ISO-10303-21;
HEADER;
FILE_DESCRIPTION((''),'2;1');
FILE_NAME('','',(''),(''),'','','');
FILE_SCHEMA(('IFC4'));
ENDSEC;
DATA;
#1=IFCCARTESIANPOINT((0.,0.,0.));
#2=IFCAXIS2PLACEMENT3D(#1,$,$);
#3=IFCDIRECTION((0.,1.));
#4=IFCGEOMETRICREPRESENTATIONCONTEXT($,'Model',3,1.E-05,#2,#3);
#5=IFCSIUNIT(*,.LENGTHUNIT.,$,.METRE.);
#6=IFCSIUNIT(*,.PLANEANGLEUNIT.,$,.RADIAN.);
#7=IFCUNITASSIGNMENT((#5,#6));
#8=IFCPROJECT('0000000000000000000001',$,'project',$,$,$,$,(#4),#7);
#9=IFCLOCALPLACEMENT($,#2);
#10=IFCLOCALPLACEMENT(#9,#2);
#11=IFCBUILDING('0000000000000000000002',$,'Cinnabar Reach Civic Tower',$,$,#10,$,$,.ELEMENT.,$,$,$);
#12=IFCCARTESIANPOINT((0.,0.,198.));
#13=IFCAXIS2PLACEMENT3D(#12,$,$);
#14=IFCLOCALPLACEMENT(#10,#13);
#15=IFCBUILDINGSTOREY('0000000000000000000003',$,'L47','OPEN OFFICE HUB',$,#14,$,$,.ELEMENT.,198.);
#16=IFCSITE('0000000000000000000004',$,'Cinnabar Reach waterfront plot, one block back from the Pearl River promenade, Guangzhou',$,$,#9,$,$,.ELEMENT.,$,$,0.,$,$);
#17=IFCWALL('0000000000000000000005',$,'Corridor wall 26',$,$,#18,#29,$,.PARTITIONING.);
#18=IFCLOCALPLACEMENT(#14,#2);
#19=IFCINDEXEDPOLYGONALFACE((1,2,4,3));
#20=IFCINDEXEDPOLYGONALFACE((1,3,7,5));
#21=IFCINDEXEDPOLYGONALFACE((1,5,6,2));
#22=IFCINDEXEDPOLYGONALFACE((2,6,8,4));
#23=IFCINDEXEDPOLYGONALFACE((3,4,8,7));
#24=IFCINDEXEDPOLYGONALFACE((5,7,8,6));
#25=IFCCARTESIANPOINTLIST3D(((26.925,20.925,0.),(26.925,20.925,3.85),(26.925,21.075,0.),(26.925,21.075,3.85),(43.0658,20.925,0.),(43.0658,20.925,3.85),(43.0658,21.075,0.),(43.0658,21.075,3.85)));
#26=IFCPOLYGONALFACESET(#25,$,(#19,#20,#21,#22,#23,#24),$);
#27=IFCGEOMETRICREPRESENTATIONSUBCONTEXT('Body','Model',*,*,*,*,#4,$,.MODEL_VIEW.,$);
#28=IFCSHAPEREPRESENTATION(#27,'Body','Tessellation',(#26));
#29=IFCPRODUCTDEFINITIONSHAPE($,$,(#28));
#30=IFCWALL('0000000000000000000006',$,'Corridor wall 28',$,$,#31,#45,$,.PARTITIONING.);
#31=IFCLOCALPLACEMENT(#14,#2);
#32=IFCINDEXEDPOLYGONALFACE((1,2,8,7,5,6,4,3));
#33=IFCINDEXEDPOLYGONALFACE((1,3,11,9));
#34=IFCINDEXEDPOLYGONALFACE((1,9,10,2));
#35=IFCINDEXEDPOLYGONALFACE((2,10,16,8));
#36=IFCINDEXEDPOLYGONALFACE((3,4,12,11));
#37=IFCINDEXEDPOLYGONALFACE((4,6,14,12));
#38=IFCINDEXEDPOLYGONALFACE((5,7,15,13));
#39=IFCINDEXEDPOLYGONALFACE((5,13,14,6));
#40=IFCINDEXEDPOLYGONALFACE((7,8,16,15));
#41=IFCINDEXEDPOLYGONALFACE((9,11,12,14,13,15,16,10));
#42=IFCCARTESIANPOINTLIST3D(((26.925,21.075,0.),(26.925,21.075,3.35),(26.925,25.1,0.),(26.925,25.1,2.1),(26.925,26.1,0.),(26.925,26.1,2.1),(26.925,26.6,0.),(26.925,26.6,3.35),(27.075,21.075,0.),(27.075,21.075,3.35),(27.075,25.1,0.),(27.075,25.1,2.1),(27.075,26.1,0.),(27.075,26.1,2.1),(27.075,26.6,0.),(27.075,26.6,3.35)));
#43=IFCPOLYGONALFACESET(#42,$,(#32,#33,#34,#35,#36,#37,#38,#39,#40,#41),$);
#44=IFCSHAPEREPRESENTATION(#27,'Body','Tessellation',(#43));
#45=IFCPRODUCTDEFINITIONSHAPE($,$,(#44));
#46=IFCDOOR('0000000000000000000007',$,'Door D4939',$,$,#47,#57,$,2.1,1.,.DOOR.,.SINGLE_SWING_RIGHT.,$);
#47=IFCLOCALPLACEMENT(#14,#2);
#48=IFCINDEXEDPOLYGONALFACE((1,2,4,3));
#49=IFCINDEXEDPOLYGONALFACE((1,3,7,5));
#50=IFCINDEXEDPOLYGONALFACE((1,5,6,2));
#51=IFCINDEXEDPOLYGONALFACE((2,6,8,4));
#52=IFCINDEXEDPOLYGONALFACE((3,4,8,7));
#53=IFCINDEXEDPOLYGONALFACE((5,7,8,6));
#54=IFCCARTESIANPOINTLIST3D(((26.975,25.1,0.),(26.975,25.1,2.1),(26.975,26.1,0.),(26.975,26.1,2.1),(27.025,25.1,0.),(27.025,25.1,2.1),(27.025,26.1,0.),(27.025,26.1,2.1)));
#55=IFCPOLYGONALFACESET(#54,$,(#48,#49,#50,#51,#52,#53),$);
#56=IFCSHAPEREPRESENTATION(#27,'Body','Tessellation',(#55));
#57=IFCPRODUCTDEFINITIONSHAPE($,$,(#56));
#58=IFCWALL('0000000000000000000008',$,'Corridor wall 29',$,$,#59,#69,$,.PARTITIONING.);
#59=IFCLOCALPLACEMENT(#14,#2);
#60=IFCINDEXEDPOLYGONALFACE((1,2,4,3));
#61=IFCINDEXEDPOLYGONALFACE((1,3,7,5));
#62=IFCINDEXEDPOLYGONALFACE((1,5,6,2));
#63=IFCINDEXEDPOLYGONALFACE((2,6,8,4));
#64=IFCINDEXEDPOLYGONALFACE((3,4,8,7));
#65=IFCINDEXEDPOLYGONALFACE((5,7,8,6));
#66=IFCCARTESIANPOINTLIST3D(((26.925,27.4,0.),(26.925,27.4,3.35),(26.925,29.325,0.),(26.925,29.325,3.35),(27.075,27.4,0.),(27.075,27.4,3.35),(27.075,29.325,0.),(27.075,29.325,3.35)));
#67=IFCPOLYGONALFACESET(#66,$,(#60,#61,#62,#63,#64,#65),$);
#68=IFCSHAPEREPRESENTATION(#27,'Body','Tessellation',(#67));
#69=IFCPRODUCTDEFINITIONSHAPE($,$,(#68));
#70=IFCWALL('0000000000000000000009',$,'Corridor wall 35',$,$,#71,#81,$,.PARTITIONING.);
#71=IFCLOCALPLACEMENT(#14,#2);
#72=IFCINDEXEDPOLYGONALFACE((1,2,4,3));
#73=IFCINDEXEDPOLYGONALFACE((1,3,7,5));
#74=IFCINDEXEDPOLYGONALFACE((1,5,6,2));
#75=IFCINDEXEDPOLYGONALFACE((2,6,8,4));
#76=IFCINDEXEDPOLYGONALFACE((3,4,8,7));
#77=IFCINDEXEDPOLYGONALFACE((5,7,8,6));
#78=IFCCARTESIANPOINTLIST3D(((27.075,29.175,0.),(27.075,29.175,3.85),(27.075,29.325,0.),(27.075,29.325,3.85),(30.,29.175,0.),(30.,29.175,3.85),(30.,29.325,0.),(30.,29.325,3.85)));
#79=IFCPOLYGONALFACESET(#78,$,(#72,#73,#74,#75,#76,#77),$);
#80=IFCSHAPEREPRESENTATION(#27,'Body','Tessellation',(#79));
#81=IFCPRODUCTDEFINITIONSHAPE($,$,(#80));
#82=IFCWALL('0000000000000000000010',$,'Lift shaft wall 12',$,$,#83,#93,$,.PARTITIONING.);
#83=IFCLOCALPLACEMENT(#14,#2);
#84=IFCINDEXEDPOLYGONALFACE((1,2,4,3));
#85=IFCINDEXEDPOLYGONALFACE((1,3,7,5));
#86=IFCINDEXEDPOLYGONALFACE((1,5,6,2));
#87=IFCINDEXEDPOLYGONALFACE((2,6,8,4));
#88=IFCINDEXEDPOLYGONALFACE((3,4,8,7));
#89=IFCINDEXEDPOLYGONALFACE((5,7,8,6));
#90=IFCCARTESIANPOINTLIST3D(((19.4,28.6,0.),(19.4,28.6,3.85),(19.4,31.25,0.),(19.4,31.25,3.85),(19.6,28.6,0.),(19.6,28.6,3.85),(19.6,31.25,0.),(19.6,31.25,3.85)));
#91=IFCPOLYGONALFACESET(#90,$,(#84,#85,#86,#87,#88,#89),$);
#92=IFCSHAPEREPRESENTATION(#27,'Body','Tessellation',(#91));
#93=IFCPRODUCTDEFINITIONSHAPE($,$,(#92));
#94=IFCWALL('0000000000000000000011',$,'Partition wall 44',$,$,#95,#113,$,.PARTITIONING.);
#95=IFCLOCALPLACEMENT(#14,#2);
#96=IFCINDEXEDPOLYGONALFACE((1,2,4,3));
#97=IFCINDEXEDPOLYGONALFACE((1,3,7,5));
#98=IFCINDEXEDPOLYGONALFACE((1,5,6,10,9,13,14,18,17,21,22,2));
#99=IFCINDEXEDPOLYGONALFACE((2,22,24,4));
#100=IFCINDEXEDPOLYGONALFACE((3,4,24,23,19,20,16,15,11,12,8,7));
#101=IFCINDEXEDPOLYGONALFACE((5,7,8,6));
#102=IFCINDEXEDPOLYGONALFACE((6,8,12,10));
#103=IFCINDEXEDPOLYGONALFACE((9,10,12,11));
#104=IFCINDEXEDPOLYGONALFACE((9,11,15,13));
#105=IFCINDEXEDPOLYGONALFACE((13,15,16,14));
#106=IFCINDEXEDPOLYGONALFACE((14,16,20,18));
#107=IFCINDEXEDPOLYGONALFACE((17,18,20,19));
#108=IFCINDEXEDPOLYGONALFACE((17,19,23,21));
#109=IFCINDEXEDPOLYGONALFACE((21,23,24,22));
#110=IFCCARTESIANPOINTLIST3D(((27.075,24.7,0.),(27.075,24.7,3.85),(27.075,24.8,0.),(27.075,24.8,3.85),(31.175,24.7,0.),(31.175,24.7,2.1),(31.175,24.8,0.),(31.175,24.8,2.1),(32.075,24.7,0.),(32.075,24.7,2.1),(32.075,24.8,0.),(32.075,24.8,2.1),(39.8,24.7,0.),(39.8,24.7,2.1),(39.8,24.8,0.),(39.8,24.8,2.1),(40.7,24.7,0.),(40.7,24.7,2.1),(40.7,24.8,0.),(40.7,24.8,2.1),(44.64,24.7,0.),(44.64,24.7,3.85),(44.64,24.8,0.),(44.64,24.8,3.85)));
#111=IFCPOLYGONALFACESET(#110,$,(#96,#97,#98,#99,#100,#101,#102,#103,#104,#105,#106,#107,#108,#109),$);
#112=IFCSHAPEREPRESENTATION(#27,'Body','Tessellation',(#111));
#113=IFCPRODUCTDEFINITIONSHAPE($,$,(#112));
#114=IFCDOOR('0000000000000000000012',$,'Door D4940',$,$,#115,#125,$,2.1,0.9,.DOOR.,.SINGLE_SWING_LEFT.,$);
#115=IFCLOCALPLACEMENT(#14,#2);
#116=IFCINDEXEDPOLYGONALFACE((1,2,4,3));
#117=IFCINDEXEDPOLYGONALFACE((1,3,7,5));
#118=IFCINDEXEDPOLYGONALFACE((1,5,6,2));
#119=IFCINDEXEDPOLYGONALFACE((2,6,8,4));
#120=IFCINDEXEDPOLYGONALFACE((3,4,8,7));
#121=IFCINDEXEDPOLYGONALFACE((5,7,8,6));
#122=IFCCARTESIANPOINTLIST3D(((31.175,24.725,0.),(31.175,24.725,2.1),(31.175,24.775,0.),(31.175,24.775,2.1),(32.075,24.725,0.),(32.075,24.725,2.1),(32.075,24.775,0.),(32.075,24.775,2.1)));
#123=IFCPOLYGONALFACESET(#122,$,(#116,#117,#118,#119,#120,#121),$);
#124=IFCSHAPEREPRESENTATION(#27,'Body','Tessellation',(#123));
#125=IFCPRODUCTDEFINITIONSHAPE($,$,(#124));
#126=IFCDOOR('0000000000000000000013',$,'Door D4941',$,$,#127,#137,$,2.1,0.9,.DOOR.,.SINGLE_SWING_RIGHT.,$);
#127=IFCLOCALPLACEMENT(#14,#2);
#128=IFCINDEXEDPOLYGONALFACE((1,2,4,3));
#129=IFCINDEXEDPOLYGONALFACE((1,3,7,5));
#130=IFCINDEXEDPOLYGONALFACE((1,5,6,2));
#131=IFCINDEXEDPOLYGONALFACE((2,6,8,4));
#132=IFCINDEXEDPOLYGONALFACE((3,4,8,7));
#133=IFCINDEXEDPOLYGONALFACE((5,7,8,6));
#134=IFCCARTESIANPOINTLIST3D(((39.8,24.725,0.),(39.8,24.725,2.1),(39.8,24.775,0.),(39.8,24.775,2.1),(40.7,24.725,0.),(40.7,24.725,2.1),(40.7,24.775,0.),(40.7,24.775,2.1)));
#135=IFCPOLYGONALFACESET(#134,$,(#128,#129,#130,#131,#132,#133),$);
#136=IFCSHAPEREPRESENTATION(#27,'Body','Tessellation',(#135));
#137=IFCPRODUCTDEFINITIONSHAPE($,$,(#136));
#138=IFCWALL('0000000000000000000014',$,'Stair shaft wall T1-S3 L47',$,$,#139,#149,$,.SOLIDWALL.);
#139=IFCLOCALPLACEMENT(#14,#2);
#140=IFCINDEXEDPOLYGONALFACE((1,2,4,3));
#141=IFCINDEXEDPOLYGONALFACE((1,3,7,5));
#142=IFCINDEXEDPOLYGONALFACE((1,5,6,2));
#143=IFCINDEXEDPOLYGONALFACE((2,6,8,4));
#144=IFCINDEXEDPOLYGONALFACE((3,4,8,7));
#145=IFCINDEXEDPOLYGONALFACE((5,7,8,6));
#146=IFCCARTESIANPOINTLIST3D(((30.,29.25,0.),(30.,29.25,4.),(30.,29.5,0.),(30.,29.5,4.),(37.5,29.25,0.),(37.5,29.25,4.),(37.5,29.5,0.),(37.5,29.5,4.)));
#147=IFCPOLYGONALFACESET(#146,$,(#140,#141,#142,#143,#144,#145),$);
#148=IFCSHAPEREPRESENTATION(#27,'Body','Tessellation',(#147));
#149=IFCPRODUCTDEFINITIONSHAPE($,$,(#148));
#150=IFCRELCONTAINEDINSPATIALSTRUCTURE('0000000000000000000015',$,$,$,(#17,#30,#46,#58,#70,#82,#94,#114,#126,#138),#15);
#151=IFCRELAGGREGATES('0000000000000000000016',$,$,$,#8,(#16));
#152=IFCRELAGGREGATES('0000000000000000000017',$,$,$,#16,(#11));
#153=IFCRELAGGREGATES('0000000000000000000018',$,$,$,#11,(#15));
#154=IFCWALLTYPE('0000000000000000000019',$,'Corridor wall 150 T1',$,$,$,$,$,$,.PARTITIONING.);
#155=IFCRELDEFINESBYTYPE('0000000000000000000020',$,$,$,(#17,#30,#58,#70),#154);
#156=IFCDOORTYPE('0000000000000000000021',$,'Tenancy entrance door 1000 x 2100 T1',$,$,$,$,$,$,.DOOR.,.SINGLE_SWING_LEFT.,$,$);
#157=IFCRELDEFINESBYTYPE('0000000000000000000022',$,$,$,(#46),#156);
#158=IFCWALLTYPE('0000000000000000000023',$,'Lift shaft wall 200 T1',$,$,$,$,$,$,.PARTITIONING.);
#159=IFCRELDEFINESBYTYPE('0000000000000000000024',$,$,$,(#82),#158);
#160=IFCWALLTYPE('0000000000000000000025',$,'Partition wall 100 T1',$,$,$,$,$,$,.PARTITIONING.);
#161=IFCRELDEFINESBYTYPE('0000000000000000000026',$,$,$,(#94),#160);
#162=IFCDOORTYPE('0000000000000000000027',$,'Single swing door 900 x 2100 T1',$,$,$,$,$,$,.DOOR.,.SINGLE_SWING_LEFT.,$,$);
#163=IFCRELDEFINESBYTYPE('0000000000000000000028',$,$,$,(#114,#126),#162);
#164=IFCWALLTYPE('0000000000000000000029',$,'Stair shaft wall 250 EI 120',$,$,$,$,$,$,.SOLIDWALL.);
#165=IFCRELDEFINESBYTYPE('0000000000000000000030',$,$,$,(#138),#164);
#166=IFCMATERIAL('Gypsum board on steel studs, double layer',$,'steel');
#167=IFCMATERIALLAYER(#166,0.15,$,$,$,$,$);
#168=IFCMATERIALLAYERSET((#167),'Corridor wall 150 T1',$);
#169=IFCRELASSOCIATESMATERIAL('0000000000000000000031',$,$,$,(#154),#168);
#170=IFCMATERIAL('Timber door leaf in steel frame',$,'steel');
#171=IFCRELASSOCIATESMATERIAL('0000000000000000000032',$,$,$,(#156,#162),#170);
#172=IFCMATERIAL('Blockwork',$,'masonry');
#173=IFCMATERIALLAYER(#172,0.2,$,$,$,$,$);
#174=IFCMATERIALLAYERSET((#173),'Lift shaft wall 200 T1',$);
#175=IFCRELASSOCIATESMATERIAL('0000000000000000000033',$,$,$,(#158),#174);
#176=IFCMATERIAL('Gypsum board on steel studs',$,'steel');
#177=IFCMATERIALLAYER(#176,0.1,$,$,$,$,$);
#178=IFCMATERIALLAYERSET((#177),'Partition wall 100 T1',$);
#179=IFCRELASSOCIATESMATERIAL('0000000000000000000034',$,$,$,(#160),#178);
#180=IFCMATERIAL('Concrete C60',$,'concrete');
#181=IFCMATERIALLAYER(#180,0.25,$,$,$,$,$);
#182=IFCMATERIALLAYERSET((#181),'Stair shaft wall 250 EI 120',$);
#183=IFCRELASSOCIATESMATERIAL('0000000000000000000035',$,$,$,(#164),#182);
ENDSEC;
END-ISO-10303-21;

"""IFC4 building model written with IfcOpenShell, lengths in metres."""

from ifc_helpers import new_model, si_unit, direction, frame, frame_2d, origin, place, context, subcontext, project, spatial, rectangle, extrude, material, layer, layer_set, type_object, element, fill, save


model = new_model("IFC4")

# Units and contexts
model_context = context("Model", 3, precision=1e-05, world=origin(), true_north=direction((0.0, 1.0)))
body_context = subcontext(model_context, "Body", "Model", "MODEL_VIEW")
ifc_project = project(units=[si_unit("LENGTHUNIT", "METRE"), si_unit("PLANEANGLEUNIT", "RADIAN")], contexts=[model_context])

# Site, building, storey
site_placement = place(None, origin())
site = spatial("IfcSite", under=ifc_project, at=site_placement, Name="Cinnabar Reach waterfront plot, one block back from the Pearl River promenade, Guangzhou", CompositionType="ELEMENT", RefElevation=0.0)
building_placement = place(site_placement, origin())
building = spatial("IfcBuilding", under=site, at=building_placement, Name="Cinnabar Reach Civic Tower", CompositionType="ELEMENT")
storey_placement = place(building_placement, frame((0.0, 0.0, 198.0)))
storey = spatial("IfcBuildingStorey", under=building, at=storey_placement, Name="L47", Description="OPEN OFFICE HUB", CompositionType="ELEMENT", Elevation=198.0)

# Shared definitions
ifc_material_1 = material(Name="Concrete C60", Category="concrete")

# Shared definitions
ifc_material_2 = material(Name="Timber door leaf in steel frame", Category="steel")

# Wall
ifc_material_3 = material(Name="Gypsum board on steel studs, double layer", Category="steel")
ifc_layer_1 = layer(ifc_material_3, 0.15)
ifc_layer_set_1 = layer_set([ifc_layer_1], Name="Corridor wall 150 T1")
wall_type_1 = type_object("IfcWallType", Name="Corridor wall 150 T1", PredefinedType="PARTITIONING", material=ifc_layer_set_1)
wall_1_placement = place(storey_placement, frame((26.925, 21.0, 0.0), z_axis=(0.0, 0.0, 1.0), x_axis=(1.0, 0.0, 0.0)))
element("IfcWall", 1, at=wall_1_placement, inside=storey, type_object=wall_type_1, Name="Corridor wall 26", PredefinedType="PARTITIONING", context=body_context, shape_type="SweptSolid", body=[
    extrude(rectangle(XDim=16.1409, YDim=0.15, at=frame_2d((8.0704, 0.0))), origin(), (0.0, 0.0, 1.0), 3.85),
])

# Wall, opening, door
wall_2_placement = place(storey_placement, frame((27.0, 21.075, 0.0), z_axis=(0.0, 0.0, 1.0), x_axis=(0.0, 1.0, 0.0)))
wall_2 = element("IfcWall", 2, at=wall_2_placement, inside=storey, type_object=wall_type_1, Name="Corridor wall 28", PredefinedType="PARTITIONING", context=body_context, shape_type="SweptSolid", body=[
    extrude(rectangle(XDim=5.525, YDim=0.15, at=frame_2d((2.7625, 0.0))), origin(), (0.0, 0.0, 1.0), 3.35),
])
opening_1_placement = place(wall_2_placement, frame((4.025, 0.0, 0.0)))
opening_1 = element("IfcOpeningElement", 3, at=opening_1_placement, cuts=wall_2, PredefinedType="OPENING", context=body_context, shape_type="SweptSolid", body=[
    extrude(rectangle(XDim=1.0, YDim=2.1, at=frame_2d((0.5, 1.05))), frame((0.0, 0.085, 0.0), z_axis=(0.0, -1.0, 0.0), x_axis=(1.0, 0.0, 0.0)), (0.0, 0.0, 1.0), 0.17),
])
door_type_1 = type_object("IfcDoorType", Name="Tenancy entrance door 1000 x 2100 T1", OperationType="SINGLE_SWING_LEFT", PredefinedType="DOOR", material=ifc_material_2)
door_1_placement = place(opening_1_placement, frame((1.0, 0.0, 0.0), z_axis=(0.0, 0.0, 1.0), x_axis=(-1.0, 0.0, 0.0)))
door_1 = element("IfcDoor", 4, at=door_1_placement, inside=storey, type_object=door_type_1, Name="Door D4939", OperationType="SINGLE_SWING_RIGHT", OverallHeight=2.1, OverallWidth=1.0, PredefinedType="DOOR", context=body_context, shape_type="SweptSolid", body=[
    extrude(rectangle(XDim=1.0, YDim=2.1, at=frame_2d((0.5, 1.05))), frame((0.0, 0.025, 0.0), z_axis=(0.0, -1.0, 0.0), x_axis=(1.0, 0.0, 0.0)), (0.0, 0.0, 1.0), 0.05),
])
fill(opening_1, door_1)

# Walls
wall_3_placement = place(storey_placement, frame((27.0, 27.4, 0.0), z_axis=(0.0, 0.0, 1.0), x_axis=(0.0, 1.0, 0.0)))
element("IfcWall", 5, at=wall_3_placement, inside=storey, type_object=wall_type_1, Name="Corridor wall 29", PredefinedType="PARTITIONING", context=body_context, shape_type="SweptSolid", body=[
    extrude(rectangle(XDim=1.925, YDim=0.15, at=frame_2d((0.9625, 0.0))), origin(), (0.0, 0.0, 1.0), 3.35),
])
wall_4_placement = place(storey_placement, frame((27.075, 29.25, 0.0), z_axis=(0.0, 0.0, 1.0), x_axis=(1.0, 0.0, 0.0)))
element("IfcWall", 6, at=wall_4_placement, inside=storey, type_object=wall_type_1, Name="Corridor wall 35", PredefinedType="PARTITIONING", context=body_context, shape_type="SweptSolid", body=[
    extrude(rectangle(XDim=2.925, YDim=0.15, at=frame_2d((1.4625, 0.0))), origin(), (0.0, 0.0, 1.0), 3.85),
])
ifc_material_4 = material(Name="Blockwork", Category="masonry")
ifc_layer_2 = layer(ifc_material_4, 0.2)
ifc_layer_set_2 = layer_set([ifc_layer_2], Name="Lift shaft wall 200 T1")
wall_type_2 = type_object("IfcWallType", Name="Lift shaft wall 200 T1", PredefinedType="PARTITIONING", material=ifc_layer_set_2)
wall_5_placement = place(storey_placement, frame((19.5, 28.6, 0.0), z_axis=(0.0, 0.0, 1.0), x_axis=(0.0, 1.0, 0.0)))
element("IfcWall", 7, at=wall_5_placement, inside=storey, type_object=wall_type_2, Name="Lift shaft wall 12", PredefinedType="PARTITIONING", context=body_context, shape_type="SweptSolid", body=[
    extrude(rectangle(XDim=2.65, YDim=0.2, at=frame_2d((1.325, 0.0))), origin(), (0.0, 0.0, 1.0), 3.85),
])

# Wall, openings, doors
ifc_material_5 = material(Name="Gypsum board on steel studs", Category="steel")
ifc_layer_3 = layer(ifc_material_5, 0.1)
ifc_layer_set_3 = layer_set([ifc_layer_3], Name="Partition wall 100 T1")
wall_type_3 = type_object("IfcWallType", Name="Partition wall 100 T1", PredefinedType="PARTITIONING", material=ifc_layer_set_3)
wall_6_placement = place(storey_placement, frame((27.075, 24.75, 0.0), z_axis=(0.0, 0.0, 1.0), x_axis=(1.0, 0.0, 0.0)))
wall_6 = element("IfcWall", 8, at=wall_6_placement, inside=storey, type_object=wall_type_3, Name="Partition wall 44", PredefinedType="PARTITIONING", context=body_context, shape_type="SweptSolid", body=[
    extrude(rectangle(XDim=17.565, YDim=0.1, at=frame_2d((8.7825, 0.0))), origin(), (0.0, 0.0, 1.0), 3.85),
])
opening_2_placement = place(wall_6_placement, frame((4.1, 0.0, 0.0)))
opening_2 = element("IfcOpeningElement", 9, at=opening_2_placement, cuts=wall_6, PredefinedType="OPENING", context=body_context, shape_type="SweptSolid", body=[
    extrude(rectangle(XDim=0.9, YDim=2.1, at=frame_2d((0.45, 1.05))), frame((0.0, 0.06, 0.0), z_axis=(0.0, -1.0, 0.0), x_axis=(1.0, 0.0, 0.0)), (0.0, 0.0, 1.0), 0.12),
])
opening_3_placement = place(wall_6_placement, frame((12.725, 0.0, 0.0)))
opening_3 = element("IfcOpeningElement", 10, at=opening_3_placement, cuts=wall_6, PredefinedType="OPENING", context=body_context, shape_type="SweptSolid", body=[
    extrude(rectangle(XDim=0.9, YDim=2.1, at=frame_2d((0.45, 1.05))), frame((0.0, 0.06, 0.0), z_axis=(0.0, -1.0, 0.0), x_axis=(1.0, 0.0, 0.0)), (0.0, 0.0, 1.0), 0.12),
])
door_type_2 = type_object("IfcDoorType", Name="Single swing door 900 x 2100 T1", OperationType="SINGLE_SWING_LEFT", PredefinedType="DOOR", material=ifc_material_2)
door_2_placement = place(opening_2_placement, frame((0.9, 0.0, 0.0), z_axis=(0.0, 0.0, 1.0), x_axis=(-1.0, 0.0, 0.0)))
door_2 = element("IfcDoor", 11, at=door_2_placement, inside=storey, type_object=door_type_2, Name="Door D4940", OperationType="SINGLE_SWING_LEFT", OverallHeight=2.1, OverallWidth=0.9, PredefinedType="DOOR", context=body_context, shape_type="SweptSolid", body=[
    extrude(rectangle(XDim=0.9, YDim=2.1, at=frame_2d((0.45, 1.05))), frame((0.0, 0.025, 0.0), z_axis=(0.0, -1.0, 0.0), x_axis=(1.0, 0.0, 0.0)), (0.0, 0.0, 1.0), 0.05),
])
fill(opening_2, door_2)
door_3_placement = place(opening_3_placement, frame((0.9, 0.0, 0.0), z_axis=(0.0, 0.0, 1.0), x_axis=(-1.0, 0.0, 0.0)))
door_3 = element("IfcDoor", 12, at=door_3_placement, inside=storey, type_object=door_type_2, Name="Door D4941", OperationType="SINGLE_SWING_RIGHT", OverallHeight=2.1, OverallWidth=0.9, PredefinedType="DOOR", context=body_context, shape_type="SweptSolid", body=[
    extrude(rectangle(XDim=0.9, YDim=2.1, at=frame_2d((0.45, 1.05))), frame((0.0, 0.025, 0.0), z_axis=(0.0, -1.0, 0.0), x_axis=(1.0, 0.0, 0.0)), (0.0, 0.0, 1.0), 0.05),
])
fill(opening_3, door_3)

# Wall
ifc_layer_4 = layer(ifc_material_1, 0.25)
ifc_layer_set_4 = layer_set([ifc_layer_4], Name="Stair shaft wall 250 EI 120")
wall_type_4 = type_object("IfcWallType", Name="Stair shaft wall 250 EI 120", PredefinedType="SOLIDWALL", material=ifc_layer_set_4)
wall_7_placement = place(storey_placement, frame((30.0, 29.375, 0.0), z_axis=(0.0, 0.0, 1.0), x_axis=(1.0, 0.0, 0.0)))
element("IfcWall", 13, at=wall_7_placement, inside=storey, type_object=wall_type_4, Name="Stair shaft wall T1-S3 L47", PredefinedType="SOLIDWALL", context=body_context, shape_type="SweptSolid", body=[
    extrude(rectangle(XDim=7.5, YDim=0.25, at=frame_2d((3.75, 0.0))), origin(), (0.0, 0.0, 1.0), 4.0),
])

save(model, "model.ifc")
